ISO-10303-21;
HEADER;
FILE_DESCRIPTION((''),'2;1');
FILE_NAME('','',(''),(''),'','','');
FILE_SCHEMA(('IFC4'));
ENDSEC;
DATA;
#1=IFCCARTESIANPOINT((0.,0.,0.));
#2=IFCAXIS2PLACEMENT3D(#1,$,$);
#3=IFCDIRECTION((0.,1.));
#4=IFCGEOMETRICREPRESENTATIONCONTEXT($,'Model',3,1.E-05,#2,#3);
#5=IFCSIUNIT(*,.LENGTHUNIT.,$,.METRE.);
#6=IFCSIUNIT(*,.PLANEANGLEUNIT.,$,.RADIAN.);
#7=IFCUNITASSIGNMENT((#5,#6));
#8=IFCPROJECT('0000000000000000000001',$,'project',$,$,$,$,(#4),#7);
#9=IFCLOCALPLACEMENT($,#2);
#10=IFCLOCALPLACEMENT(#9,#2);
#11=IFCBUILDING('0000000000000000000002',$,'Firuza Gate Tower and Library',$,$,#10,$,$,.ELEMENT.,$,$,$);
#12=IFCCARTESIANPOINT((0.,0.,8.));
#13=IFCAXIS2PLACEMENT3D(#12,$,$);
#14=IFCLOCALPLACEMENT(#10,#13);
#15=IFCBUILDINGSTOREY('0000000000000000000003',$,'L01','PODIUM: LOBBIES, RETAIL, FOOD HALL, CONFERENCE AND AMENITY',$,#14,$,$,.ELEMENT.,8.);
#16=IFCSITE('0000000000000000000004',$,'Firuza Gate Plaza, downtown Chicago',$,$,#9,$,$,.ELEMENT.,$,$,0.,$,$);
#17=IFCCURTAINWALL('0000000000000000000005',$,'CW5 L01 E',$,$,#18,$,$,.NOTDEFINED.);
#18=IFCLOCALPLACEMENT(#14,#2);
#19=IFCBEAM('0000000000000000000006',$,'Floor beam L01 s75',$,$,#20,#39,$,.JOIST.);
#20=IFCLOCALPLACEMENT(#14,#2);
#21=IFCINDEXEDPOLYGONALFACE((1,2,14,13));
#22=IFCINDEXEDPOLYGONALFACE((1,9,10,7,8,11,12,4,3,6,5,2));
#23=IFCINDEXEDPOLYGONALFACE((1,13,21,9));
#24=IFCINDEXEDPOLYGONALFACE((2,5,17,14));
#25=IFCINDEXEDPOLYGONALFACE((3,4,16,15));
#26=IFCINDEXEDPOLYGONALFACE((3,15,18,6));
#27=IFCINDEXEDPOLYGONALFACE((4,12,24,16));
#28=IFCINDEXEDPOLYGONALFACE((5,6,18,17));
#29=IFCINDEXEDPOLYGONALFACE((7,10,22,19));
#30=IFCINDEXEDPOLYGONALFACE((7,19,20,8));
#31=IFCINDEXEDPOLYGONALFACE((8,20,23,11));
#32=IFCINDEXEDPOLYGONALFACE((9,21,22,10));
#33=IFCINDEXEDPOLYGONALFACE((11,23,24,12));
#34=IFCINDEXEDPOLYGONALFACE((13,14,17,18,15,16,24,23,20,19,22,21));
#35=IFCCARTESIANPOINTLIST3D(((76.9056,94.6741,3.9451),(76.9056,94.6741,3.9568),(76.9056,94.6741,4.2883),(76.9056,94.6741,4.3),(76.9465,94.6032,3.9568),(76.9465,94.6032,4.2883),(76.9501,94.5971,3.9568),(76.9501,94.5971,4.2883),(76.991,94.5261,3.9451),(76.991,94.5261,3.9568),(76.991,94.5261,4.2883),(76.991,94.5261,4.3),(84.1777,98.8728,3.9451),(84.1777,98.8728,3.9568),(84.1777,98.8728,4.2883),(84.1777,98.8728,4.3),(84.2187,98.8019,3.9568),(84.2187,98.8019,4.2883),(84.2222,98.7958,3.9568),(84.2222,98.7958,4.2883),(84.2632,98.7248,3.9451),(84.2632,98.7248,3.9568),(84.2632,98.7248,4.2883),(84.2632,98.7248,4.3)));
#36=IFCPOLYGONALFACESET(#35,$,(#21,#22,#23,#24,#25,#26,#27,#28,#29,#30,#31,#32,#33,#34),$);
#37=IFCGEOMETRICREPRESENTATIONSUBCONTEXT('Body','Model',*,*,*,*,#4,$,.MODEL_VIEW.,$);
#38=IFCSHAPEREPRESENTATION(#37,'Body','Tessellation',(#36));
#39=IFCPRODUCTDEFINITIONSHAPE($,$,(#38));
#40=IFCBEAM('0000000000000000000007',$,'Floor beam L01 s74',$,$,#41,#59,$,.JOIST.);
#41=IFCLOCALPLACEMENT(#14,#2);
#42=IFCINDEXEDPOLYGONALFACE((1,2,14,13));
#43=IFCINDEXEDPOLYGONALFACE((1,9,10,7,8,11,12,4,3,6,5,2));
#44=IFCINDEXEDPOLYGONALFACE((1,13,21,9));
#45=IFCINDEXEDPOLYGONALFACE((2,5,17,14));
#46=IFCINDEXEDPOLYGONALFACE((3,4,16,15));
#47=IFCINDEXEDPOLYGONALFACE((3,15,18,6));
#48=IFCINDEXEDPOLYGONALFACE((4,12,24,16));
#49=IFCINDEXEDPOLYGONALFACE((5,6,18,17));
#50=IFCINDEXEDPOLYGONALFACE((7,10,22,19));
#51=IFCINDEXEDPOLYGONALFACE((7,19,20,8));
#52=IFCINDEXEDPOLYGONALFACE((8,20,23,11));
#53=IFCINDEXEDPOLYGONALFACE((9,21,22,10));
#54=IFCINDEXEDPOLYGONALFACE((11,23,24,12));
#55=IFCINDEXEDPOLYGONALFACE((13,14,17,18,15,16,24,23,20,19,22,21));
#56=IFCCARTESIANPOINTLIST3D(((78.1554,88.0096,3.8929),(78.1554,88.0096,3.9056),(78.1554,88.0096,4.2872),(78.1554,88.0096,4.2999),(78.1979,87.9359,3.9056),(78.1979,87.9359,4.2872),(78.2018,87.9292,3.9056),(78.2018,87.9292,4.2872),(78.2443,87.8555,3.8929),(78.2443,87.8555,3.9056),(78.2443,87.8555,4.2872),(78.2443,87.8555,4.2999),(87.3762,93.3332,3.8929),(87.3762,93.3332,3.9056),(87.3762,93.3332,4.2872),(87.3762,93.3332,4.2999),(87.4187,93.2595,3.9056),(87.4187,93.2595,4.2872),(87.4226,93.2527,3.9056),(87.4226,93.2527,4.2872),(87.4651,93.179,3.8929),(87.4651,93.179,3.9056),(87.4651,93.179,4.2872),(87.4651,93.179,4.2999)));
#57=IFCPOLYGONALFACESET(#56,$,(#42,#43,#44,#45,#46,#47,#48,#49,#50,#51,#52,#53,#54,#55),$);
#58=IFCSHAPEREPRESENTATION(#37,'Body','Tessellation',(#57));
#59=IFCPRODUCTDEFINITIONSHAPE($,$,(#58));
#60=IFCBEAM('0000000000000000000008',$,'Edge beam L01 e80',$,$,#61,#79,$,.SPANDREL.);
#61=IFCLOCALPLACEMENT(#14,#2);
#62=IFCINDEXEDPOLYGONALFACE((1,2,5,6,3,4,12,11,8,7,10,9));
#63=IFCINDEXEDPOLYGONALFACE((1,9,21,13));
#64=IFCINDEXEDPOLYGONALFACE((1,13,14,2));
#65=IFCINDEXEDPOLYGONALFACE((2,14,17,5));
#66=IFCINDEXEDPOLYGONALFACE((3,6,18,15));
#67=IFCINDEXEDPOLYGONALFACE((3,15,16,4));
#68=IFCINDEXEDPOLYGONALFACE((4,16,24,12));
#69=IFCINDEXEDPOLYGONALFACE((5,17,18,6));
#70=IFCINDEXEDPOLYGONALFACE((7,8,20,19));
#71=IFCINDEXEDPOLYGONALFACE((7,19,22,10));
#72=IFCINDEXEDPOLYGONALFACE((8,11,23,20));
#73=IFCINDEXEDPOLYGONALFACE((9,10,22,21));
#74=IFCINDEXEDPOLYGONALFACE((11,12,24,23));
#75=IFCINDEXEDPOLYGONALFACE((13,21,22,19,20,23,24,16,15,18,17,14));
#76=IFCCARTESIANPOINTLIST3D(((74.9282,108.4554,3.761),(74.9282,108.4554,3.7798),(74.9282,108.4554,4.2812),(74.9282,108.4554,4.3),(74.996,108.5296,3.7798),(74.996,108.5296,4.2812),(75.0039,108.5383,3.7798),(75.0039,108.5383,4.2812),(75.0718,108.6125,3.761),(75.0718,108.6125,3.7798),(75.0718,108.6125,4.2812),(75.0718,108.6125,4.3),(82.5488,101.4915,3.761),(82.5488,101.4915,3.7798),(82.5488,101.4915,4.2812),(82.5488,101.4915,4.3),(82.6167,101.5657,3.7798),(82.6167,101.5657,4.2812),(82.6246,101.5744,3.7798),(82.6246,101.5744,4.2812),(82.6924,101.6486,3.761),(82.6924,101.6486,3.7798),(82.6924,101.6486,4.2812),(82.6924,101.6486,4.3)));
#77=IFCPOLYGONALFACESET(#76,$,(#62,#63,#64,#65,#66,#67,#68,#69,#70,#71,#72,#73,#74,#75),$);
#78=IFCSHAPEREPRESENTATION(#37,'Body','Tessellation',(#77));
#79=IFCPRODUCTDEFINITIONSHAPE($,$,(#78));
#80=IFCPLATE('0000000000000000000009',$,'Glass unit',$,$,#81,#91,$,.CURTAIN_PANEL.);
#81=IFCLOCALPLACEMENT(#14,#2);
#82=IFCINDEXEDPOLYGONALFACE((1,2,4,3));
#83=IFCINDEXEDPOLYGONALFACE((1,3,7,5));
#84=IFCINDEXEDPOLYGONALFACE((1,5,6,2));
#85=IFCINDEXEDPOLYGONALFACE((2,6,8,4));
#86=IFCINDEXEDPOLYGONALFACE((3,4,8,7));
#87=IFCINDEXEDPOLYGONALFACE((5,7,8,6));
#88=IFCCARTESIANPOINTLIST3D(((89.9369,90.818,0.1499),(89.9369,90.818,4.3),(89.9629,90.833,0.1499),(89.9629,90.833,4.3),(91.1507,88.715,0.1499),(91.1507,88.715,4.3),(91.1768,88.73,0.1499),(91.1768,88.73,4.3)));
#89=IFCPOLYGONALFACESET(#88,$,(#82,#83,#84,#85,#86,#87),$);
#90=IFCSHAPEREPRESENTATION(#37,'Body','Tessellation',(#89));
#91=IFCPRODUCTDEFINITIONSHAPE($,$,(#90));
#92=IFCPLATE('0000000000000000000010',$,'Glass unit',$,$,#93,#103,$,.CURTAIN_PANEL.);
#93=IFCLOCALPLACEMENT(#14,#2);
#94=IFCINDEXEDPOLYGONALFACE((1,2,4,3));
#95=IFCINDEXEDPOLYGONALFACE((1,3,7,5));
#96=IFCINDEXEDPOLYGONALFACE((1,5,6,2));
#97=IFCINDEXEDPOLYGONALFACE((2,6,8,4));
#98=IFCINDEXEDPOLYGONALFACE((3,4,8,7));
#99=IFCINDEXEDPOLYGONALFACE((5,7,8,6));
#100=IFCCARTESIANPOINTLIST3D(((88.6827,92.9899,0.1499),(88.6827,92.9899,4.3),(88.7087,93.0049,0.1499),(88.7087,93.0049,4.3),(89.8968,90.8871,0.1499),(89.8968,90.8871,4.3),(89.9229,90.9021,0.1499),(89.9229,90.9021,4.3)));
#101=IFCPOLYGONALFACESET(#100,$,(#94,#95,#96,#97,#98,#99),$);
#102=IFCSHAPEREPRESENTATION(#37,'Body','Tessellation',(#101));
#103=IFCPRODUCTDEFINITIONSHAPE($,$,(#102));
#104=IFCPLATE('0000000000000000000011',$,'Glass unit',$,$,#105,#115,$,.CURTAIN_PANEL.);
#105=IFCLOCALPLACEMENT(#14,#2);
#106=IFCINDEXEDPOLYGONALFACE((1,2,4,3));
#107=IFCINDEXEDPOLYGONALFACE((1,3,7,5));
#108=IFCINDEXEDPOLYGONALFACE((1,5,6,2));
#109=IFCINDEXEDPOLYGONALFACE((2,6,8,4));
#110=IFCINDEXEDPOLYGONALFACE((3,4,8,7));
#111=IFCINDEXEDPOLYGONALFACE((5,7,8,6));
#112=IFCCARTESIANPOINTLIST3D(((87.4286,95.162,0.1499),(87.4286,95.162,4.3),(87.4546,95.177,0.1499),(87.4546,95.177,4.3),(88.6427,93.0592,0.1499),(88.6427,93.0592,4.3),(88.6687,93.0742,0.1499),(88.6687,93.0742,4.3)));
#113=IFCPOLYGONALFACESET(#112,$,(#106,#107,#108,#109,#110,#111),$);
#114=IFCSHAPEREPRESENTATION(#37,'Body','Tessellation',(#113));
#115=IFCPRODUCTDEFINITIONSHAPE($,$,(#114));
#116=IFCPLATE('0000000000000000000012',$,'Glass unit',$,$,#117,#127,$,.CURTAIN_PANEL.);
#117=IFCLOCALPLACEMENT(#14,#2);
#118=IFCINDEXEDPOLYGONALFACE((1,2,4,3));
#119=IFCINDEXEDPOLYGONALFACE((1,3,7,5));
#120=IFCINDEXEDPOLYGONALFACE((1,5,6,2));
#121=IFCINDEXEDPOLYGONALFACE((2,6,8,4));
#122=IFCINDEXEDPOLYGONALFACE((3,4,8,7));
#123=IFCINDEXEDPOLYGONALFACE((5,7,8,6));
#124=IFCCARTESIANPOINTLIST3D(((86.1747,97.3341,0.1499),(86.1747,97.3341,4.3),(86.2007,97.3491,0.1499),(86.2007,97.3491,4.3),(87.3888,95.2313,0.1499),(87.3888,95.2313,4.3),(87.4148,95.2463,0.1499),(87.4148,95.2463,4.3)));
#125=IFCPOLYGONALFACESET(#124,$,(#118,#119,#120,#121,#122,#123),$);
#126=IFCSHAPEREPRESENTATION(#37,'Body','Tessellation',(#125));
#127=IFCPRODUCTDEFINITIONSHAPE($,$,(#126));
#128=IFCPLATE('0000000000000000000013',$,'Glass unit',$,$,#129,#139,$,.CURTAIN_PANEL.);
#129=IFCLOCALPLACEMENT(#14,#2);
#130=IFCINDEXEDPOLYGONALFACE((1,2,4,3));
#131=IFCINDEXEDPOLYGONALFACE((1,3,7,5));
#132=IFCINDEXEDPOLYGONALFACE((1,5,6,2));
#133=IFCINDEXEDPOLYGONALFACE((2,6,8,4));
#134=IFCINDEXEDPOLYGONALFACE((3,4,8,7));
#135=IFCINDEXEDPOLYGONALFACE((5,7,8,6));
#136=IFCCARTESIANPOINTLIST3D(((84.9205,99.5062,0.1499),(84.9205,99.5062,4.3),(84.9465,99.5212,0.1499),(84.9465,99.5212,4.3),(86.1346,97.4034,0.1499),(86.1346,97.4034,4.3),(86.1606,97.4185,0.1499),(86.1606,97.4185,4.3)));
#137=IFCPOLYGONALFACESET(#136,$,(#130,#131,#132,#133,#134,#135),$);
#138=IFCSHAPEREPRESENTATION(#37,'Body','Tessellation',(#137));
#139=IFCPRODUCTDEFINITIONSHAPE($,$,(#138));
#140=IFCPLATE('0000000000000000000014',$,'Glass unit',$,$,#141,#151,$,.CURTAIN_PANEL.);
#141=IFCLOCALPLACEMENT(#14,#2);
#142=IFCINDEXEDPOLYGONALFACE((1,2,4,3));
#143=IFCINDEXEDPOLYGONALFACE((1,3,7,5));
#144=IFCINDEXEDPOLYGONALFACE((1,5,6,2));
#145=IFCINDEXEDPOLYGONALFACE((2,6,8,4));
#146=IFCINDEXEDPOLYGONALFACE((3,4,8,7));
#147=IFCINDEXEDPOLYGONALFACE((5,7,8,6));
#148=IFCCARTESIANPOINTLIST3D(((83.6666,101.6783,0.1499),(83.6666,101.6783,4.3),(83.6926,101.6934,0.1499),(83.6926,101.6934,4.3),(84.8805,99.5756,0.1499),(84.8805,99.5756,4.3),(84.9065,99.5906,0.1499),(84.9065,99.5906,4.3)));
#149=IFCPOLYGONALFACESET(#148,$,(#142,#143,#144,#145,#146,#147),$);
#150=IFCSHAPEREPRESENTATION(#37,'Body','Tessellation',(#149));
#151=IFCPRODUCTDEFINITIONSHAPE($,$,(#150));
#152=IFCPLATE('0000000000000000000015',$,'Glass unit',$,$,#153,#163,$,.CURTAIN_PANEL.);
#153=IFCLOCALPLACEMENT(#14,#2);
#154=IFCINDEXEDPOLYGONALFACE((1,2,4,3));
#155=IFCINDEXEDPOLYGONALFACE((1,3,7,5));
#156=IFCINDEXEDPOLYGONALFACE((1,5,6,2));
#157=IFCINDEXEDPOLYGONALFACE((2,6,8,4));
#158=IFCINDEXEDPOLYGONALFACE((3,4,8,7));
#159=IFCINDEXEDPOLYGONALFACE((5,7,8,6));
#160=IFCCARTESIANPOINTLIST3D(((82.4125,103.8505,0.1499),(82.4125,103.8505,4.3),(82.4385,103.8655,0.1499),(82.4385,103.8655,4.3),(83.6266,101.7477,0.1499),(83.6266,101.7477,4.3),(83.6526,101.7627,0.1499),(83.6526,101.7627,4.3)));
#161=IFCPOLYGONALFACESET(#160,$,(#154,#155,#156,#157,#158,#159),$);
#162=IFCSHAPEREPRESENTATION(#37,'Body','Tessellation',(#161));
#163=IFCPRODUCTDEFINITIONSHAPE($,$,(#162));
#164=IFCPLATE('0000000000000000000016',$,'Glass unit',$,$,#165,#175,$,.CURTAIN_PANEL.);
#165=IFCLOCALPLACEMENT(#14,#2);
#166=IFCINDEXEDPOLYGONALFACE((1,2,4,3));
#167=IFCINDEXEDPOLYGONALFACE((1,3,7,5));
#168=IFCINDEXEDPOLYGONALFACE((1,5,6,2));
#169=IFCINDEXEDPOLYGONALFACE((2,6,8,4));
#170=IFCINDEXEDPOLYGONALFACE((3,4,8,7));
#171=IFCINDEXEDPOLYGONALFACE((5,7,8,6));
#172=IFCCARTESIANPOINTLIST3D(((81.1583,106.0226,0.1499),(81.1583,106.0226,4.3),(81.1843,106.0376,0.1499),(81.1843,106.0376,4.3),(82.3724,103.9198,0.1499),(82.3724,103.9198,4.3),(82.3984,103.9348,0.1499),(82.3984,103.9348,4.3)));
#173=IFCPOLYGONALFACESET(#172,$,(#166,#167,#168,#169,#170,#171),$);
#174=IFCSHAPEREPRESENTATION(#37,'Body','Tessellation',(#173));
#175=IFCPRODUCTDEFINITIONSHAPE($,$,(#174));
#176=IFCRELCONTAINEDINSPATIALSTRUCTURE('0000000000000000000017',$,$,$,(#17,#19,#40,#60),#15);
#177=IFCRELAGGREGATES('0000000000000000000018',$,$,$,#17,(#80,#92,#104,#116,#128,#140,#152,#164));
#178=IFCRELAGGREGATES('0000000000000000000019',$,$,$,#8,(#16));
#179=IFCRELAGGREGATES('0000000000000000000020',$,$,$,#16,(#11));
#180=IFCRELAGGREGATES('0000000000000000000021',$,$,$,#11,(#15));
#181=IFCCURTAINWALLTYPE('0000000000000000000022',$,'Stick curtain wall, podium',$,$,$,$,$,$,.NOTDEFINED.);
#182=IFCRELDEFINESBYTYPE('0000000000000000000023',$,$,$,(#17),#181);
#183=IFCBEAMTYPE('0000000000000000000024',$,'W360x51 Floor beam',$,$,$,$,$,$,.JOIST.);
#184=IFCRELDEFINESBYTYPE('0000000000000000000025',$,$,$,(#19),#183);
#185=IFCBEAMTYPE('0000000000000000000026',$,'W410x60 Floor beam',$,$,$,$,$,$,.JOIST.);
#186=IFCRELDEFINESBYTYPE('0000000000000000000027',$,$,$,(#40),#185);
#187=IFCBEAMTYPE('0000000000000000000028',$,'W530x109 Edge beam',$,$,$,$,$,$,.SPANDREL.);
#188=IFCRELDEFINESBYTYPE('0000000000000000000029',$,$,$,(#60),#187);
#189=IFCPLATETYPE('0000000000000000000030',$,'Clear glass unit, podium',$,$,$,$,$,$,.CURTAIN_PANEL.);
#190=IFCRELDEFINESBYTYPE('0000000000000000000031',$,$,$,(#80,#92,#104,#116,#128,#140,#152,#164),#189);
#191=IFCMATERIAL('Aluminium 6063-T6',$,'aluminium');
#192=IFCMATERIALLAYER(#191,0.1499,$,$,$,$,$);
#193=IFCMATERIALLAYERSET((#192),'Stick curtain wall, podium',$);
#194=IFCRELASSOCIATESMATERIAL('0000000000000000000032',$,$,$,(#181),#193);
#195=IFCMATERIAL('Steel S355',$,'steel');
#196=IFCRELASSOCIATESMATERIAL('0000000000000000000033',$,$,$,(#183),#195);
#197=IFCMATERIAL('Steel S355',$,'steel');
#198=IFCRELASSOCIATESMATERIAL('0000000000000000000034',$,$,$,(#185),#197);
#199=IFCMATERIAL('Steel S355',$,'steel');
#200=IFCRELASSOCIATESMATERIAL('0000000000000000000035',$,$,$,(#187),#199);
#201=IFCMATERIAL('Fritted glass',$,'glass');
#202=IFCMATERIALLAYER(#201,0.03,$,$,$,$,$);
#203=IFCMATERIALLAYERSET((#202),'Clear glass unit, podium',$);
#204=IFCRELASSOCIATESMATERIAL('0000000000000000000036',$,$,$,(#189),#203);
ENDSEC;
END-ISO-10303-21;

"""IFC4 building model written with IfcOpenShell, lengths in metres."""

from ifc_helpers import new_model, si_unit, direction, frame, origin, origin_2d, place, context, subcontext, project, spatial, polyline, i_section, outline, extrude, material, layer, layer_set, material_profile, profile_set, type_object, element, aggregate, save


model = new_model("IFC4")

# Units and contexts
model_context = context("Model", 3, precision=1e-05, world=origin(), true_north=direction((0.0, 1.0)))
body_context = subcontext(model_context, "Body", "Model", "MODEL_VIEW")
ifc_project = project(units=[si_unit("LENGTHUNIT", "METRE"), si_unit("PLANEANGLEUNIT", "RADIAN")], contexts=[model_context])

# Site, building, storey
site_placement = place(None, origin())
site = spatial("IfcSite", under=ifc_project, at=site_placement, Name="Firuza Gate Plaza, downtown Chicago", CompositionType="ELEMENT", RefElevation=0.0)
building_placement = place(site_placement, origin())
building = spatial("IfcBuilding", under=site, at=building_placement, Name="Firuza Gate Tower and Library", CompositionType="ELEMENT")
storey_placement = place(building_placement, frame((0.0, 0.0, 8.0)))
storey = spatial("IfcBuildingStorey", under=building, at=storey_placement, Name="L01", Description="PODIUM: LOBBIES, RETAIL, FOOD HALL, CONFERENCE AND AMENITY", CompositionType="ELEMENT", Elevation=8.0)

# Curtain wall
ifc_material_1 = material(Name="Aluminium 6063-T6", Category="aluminium")
ifc_layer_1 = layer(ifc_material_1, 0.1499)
ifc_layer_set_1 = layer_set([ifc_layer_1], Name="Stick curtain wall, podium")
curtain_wall_type = type_object("IfcCurtainWallType", Name="Stick curtain wall, podium", PredefinedType="NOTDEFINED", material=ifc_layer_set_1)
placement = place(storey_placement, origin())
curtain_wall = element("IfcCurtainWall", 1, at=placement, inside=storey, type_object=curtain_wall_type, Name="CW5 L01 E", PredefinedType="NOTDEFINED")

# Beams
ifc_material_2 = material(Name="Steel S355", Category="steel")
ifc_material_profile_1 = material_profile(ifc_material_2, i_section(OverallWidth=0.1709, OverallDepth=0.355, WebThickness=0.0071, FlangeThickness=0.0117, at=origin_2d()))
ifc_profile_set_1 = profile_set([ifc_material_profile_1], Name="Steel S355")
beam_type_1 = type_object("IfcBeamType", Name="W360x51 Floor beam", PredefinedType="JOIST", material=ifc_profile_set_1)
beam_1_placement = place(storey_placement, frame((84.2205, 98.7988, 4.1226), z_axis=(-0.86602, -0.50001, 0.0), x_axis=(0.50001, -0.86602, 0.0)))
element("IfcBeam", 2, at=beam_1_placement, inside=storey, type_object=beam_type_1, Name="Floor beam L01 s75", PredefinedType="JOIST", context=body_context, shape_type="SweptSolid", body=[
    extrude(i_section(OverallWidth=0.1709, OverallDepth=0.355, WebThickness=0.0071, FlangeThickness=0.0117, at=origin_2d()), origin(), (0.0, 0.0, 1.0), 8.3972),
])
ifc_material_3 = material(Name="Steel S355", Category="steel")
ifc_material_profile_2 = material_profile(ifc_material_3, i_section(OverallWidth=0.178, OverallDepth=0.407, WebThickness=0.0078, FlangeThickness=0.0127, at=origin_2d()))
ifc_profile_set_2 = profile_set([ifc_material_profile_2], Name="Steel S355")
beam_type_2 = type_object("IfcBeamType", Name="W410x60 Floor beam", PredefinedType="JOIST", material=ifc_profile_set_2)
beam_2_placement = place(storey_placement, frame((87.4207, 93.2561, 4.0964), z_axis=(-0.866029, -0.499994, 0.0), x_axis=(0.499994, -0.866029, 0.0)))
element("IfcBeam", 3, at=beam_2_placement, inside=storey, type_object=beam_type_2, Name="Floor beam L01 s74", PredefinedType="JOIST", context=body_context, shape_type="SweptSolid", body=[
    extrude(i_section(OverallWidth=0.178, OverallDepth=0.407, WebThickness=0.0078, FlangeThickness=0.0127, at=origin_2d()), origin(), (0.0, 0.0, 1.0), 10.6472),
])
ifc_material_4 = material(Name="Steel S355", Category="steel")
ifc_material_profile_3 = material_profile(ifc_material_4, i_section(OverallWidth=0.2129, OverallDepth=0.5391, WebThickness=0.0117, FlangeThickness=0.0188, at=origin_2d()))
ifc_profile_set_3 = profile_set([ifc_material_profile_3], Name="Steel S355")
beam_type_3 = type_object("IfcBeamType", Name="W530x109 Edge beam", PredefinedType="SPANDREL", material=ifc_profile_set_3)
beam_3_placement = place(storey_placement, frame((82.6206, 101.5701, 4.0305), z_axis=(-0.7382, 0.674582, 0.0), x_axis=(-0.674582, -0.7382, 0.0)))
element("IfcBeam", 4, at=beam_3_placement, inside=storey, type_object=beam_type_3, Name="Edge beam L01 e80", PredefinedType="SPANDREL", context=body_context, shape_type="SweptSolid", body=[
    extrude(i_section(OverallWidth=0.2129, OverallDepth=0.5391, WebThickness=0.0117, FlangeThickness=0.0188, at=origin_2d()), origin(), (0.0, 0.0, 1.0), 10.3232),
])

# Plates
ifc_material_5 = material(Name="Fritted glass", Category="glass")
ifc_layer_2 = layer(ifc_material_5, 0.03)
ifc_layer_set_2 = layer_set([ifc_layer_2], Name="Clear glass unit, podium")
plate_type = type_object("IfcPlateType", Name="Clear glass unit, podium", PredefinedType="CURTAIN_PANEL", material=ifc_layer_set_2)
plate_1_placement = place(storey_placement, frame((91.1768, 88.73, 0.1499), z_axis=(0.866082, 0.499902, 0.0), x_axis=(-0.499902, 0.866082, 0.0)))
plate_1 = element("IfcPlate", 5, at=plate_1_placement, type_object=plate_type, Name="Glass unit", PredefinedType="CURTAIN_PANEL", context=body_context, shape_type="SweptSolid", body=[
    extrude(outline(polyline([(0.0, 0.0), (2.4282, 0.0), (2.4282, 4.1501), (0.0, 4.1501), (0.0, 0.0)])), origin(), (0.0, 0.0, -1.0), 0.03),
])
plate_2_placement = place(storey_placement, frame((89.9229, 90.9021, 0.1499), z_axis=(0.866013, 0.500021, 0.0), x_axis=(-0.500021, 0.866013, 0.0)))
plate_2 = element("IfcPlate", 6, at=plate_2_placement, type_object=plate_type, Name="Glass unit", PredefinedType="CURTAIN_PANEL", context=body_context, shape_type="SweptSolid", body=[
    extrude(outline(polyline([(0.0, 0.0), (2.4281, 0.0), (2.4281, 4.1501), (0.0, 4.1501), (0.0, 0.0)])), origin(), (0.0, 0.0, -1.0), 0.03),
])
plate_3_placement = place(storey_placement, frame((88.6687, 93.0742, 0.1499), z_axis=(0.866013, 0.500021, 0.0), x_axis=(-0.500021, 0.866013, 0.0)))
plate_3 = element("IfcPlate", 7, at=plate_3_placement, type_object=plate_type, Name="Glass unit", PredefinedType="CURTAIN_PANEL", context=body_context, shape_type="SweptSolid", body=[
    extrude(outline(polyline([(0.0, 0.0), (2.4281, 0.0), (2.4281, 4.1501), (0.0, 4.1501), (0.0, 0.0)])), origin(), (0.0, 0.0, -1.0), 0.03),
])
plate_4_placement = place(storey_placement, frame((87.4148, 95.2463, 0.1499), z_axis=(0.866013, 0.500021, 0.0), x_axis=(-0.500021, 0.866013, 0.0)))
plate_4 = element("IfcPlate", 8, at=plate_4_placement, type_object=plate_type, Name="Glass unit", PredefinedType="CURTAIN_PANEL", context=body_context, shape_type="SweptSolid", body=[
    extrude(outline(polyline([(0.0, 0.0), (2.4281, 0.0), (2.4281, 4.1501), (0.0, 4.1501), (0.0, 0.0)])), origin(), (0.0, 0.0, -1.0), 0.03),
])
plate_5_placement = place(storey_placement, frame((86.1606, 97.4185, 0.1499), z_axis=(0.866013, 0.500021, 0.0), x_axis=(-0.500021, 0.866013, 0.0)))
plate_5 = element("IfcPlate", 9, at=plate_5_placement, type_object=plate_type, Name="Glass unit", PredefinedType="CURTAIN_PANEL", context=body_context, shape_type="SweptSolid", body=[
    extrude(outline(polyline([(0.0, 0.0), (2.4281, 0.0), (2.4281, 4.1501), (0.0, 4.1501), (0.0, 0.0)])), origin(), (0.0, 0.0, -1.0), 0.03),
])
plate_6_placement = place(storey_placement, frame((84.9065, 99.5906, 0.1499), z_axis=(0.866057, 0.499946, 0.0), x_axis=(-0.499946, 0.866057, 0.0)))
plate_6 = element("IfcPlate", 10, at=plate_6_placement, type_object=plate_type, Name="Glass unit", PredefinedType="CURTAIN_PANEL", context=body_context, shape_type="SweptSolid", body=[
    extrude(outline(polyline([(0.0, 0.0), (2.428, 0.0), (2.428, 4.1501), (0.0, 4.1501), (0.0, 0.0)])), origin(), (0.0, 0.0, -1.0), 0.03),
])
plate_7_placement = place(storey_placement, frame((83.6526, 101.7627, 0.1499), z_axis=(0.866013, 0.500021, 0.0), x_axis=(-0.500021, 0.866013, 0.0)))
plate_7 = element("IfcPlate", 11, at=plate_7_placement, type_object=plate_type, Name="Glass unit", PredefinedType="CURTAIN_PANEL", context=body_context, shape_type="SweptSolid", body=[
    extrude(outline(polyline([(0.0, 0.0), (2.4281, 0.0), (2.4281, 4.1501), (0.0, 4.1501), (0.0, 0.0)])), origin(), (0.0, 0.0, -1.0), 0.03),
])
plate_8_placement = place(storey_placement, frame((82.3984, 103.9348, 0.1499), z_axis=(0.866013, 0.500021, 0.0), x_axis=(-0.500021, 0.866013, 0.0)))
plate_8 = element("IfcPlate", 12, at=plate_8_placement, type_object=plate_type, Name="Glass unit", PredefinedType="CURTAIN_PANEL", context=body_context, shape_type="SweptSolid", body=[
    extrude(outline(polyline([(0.0, 0.0), (2.4281, 0.0), (2.4281, 4.1501), (0.0, 4.1501), (0.0, 0.0)])), origin(), (0.0, 0.0, -1.0), 0.03),
])
aggregate(curtain_wall, [plate_1, plate_2, plate_3, plate_4, plate_5, plate_6, plate_7, plate_8])

save(model, "model.ifc")
